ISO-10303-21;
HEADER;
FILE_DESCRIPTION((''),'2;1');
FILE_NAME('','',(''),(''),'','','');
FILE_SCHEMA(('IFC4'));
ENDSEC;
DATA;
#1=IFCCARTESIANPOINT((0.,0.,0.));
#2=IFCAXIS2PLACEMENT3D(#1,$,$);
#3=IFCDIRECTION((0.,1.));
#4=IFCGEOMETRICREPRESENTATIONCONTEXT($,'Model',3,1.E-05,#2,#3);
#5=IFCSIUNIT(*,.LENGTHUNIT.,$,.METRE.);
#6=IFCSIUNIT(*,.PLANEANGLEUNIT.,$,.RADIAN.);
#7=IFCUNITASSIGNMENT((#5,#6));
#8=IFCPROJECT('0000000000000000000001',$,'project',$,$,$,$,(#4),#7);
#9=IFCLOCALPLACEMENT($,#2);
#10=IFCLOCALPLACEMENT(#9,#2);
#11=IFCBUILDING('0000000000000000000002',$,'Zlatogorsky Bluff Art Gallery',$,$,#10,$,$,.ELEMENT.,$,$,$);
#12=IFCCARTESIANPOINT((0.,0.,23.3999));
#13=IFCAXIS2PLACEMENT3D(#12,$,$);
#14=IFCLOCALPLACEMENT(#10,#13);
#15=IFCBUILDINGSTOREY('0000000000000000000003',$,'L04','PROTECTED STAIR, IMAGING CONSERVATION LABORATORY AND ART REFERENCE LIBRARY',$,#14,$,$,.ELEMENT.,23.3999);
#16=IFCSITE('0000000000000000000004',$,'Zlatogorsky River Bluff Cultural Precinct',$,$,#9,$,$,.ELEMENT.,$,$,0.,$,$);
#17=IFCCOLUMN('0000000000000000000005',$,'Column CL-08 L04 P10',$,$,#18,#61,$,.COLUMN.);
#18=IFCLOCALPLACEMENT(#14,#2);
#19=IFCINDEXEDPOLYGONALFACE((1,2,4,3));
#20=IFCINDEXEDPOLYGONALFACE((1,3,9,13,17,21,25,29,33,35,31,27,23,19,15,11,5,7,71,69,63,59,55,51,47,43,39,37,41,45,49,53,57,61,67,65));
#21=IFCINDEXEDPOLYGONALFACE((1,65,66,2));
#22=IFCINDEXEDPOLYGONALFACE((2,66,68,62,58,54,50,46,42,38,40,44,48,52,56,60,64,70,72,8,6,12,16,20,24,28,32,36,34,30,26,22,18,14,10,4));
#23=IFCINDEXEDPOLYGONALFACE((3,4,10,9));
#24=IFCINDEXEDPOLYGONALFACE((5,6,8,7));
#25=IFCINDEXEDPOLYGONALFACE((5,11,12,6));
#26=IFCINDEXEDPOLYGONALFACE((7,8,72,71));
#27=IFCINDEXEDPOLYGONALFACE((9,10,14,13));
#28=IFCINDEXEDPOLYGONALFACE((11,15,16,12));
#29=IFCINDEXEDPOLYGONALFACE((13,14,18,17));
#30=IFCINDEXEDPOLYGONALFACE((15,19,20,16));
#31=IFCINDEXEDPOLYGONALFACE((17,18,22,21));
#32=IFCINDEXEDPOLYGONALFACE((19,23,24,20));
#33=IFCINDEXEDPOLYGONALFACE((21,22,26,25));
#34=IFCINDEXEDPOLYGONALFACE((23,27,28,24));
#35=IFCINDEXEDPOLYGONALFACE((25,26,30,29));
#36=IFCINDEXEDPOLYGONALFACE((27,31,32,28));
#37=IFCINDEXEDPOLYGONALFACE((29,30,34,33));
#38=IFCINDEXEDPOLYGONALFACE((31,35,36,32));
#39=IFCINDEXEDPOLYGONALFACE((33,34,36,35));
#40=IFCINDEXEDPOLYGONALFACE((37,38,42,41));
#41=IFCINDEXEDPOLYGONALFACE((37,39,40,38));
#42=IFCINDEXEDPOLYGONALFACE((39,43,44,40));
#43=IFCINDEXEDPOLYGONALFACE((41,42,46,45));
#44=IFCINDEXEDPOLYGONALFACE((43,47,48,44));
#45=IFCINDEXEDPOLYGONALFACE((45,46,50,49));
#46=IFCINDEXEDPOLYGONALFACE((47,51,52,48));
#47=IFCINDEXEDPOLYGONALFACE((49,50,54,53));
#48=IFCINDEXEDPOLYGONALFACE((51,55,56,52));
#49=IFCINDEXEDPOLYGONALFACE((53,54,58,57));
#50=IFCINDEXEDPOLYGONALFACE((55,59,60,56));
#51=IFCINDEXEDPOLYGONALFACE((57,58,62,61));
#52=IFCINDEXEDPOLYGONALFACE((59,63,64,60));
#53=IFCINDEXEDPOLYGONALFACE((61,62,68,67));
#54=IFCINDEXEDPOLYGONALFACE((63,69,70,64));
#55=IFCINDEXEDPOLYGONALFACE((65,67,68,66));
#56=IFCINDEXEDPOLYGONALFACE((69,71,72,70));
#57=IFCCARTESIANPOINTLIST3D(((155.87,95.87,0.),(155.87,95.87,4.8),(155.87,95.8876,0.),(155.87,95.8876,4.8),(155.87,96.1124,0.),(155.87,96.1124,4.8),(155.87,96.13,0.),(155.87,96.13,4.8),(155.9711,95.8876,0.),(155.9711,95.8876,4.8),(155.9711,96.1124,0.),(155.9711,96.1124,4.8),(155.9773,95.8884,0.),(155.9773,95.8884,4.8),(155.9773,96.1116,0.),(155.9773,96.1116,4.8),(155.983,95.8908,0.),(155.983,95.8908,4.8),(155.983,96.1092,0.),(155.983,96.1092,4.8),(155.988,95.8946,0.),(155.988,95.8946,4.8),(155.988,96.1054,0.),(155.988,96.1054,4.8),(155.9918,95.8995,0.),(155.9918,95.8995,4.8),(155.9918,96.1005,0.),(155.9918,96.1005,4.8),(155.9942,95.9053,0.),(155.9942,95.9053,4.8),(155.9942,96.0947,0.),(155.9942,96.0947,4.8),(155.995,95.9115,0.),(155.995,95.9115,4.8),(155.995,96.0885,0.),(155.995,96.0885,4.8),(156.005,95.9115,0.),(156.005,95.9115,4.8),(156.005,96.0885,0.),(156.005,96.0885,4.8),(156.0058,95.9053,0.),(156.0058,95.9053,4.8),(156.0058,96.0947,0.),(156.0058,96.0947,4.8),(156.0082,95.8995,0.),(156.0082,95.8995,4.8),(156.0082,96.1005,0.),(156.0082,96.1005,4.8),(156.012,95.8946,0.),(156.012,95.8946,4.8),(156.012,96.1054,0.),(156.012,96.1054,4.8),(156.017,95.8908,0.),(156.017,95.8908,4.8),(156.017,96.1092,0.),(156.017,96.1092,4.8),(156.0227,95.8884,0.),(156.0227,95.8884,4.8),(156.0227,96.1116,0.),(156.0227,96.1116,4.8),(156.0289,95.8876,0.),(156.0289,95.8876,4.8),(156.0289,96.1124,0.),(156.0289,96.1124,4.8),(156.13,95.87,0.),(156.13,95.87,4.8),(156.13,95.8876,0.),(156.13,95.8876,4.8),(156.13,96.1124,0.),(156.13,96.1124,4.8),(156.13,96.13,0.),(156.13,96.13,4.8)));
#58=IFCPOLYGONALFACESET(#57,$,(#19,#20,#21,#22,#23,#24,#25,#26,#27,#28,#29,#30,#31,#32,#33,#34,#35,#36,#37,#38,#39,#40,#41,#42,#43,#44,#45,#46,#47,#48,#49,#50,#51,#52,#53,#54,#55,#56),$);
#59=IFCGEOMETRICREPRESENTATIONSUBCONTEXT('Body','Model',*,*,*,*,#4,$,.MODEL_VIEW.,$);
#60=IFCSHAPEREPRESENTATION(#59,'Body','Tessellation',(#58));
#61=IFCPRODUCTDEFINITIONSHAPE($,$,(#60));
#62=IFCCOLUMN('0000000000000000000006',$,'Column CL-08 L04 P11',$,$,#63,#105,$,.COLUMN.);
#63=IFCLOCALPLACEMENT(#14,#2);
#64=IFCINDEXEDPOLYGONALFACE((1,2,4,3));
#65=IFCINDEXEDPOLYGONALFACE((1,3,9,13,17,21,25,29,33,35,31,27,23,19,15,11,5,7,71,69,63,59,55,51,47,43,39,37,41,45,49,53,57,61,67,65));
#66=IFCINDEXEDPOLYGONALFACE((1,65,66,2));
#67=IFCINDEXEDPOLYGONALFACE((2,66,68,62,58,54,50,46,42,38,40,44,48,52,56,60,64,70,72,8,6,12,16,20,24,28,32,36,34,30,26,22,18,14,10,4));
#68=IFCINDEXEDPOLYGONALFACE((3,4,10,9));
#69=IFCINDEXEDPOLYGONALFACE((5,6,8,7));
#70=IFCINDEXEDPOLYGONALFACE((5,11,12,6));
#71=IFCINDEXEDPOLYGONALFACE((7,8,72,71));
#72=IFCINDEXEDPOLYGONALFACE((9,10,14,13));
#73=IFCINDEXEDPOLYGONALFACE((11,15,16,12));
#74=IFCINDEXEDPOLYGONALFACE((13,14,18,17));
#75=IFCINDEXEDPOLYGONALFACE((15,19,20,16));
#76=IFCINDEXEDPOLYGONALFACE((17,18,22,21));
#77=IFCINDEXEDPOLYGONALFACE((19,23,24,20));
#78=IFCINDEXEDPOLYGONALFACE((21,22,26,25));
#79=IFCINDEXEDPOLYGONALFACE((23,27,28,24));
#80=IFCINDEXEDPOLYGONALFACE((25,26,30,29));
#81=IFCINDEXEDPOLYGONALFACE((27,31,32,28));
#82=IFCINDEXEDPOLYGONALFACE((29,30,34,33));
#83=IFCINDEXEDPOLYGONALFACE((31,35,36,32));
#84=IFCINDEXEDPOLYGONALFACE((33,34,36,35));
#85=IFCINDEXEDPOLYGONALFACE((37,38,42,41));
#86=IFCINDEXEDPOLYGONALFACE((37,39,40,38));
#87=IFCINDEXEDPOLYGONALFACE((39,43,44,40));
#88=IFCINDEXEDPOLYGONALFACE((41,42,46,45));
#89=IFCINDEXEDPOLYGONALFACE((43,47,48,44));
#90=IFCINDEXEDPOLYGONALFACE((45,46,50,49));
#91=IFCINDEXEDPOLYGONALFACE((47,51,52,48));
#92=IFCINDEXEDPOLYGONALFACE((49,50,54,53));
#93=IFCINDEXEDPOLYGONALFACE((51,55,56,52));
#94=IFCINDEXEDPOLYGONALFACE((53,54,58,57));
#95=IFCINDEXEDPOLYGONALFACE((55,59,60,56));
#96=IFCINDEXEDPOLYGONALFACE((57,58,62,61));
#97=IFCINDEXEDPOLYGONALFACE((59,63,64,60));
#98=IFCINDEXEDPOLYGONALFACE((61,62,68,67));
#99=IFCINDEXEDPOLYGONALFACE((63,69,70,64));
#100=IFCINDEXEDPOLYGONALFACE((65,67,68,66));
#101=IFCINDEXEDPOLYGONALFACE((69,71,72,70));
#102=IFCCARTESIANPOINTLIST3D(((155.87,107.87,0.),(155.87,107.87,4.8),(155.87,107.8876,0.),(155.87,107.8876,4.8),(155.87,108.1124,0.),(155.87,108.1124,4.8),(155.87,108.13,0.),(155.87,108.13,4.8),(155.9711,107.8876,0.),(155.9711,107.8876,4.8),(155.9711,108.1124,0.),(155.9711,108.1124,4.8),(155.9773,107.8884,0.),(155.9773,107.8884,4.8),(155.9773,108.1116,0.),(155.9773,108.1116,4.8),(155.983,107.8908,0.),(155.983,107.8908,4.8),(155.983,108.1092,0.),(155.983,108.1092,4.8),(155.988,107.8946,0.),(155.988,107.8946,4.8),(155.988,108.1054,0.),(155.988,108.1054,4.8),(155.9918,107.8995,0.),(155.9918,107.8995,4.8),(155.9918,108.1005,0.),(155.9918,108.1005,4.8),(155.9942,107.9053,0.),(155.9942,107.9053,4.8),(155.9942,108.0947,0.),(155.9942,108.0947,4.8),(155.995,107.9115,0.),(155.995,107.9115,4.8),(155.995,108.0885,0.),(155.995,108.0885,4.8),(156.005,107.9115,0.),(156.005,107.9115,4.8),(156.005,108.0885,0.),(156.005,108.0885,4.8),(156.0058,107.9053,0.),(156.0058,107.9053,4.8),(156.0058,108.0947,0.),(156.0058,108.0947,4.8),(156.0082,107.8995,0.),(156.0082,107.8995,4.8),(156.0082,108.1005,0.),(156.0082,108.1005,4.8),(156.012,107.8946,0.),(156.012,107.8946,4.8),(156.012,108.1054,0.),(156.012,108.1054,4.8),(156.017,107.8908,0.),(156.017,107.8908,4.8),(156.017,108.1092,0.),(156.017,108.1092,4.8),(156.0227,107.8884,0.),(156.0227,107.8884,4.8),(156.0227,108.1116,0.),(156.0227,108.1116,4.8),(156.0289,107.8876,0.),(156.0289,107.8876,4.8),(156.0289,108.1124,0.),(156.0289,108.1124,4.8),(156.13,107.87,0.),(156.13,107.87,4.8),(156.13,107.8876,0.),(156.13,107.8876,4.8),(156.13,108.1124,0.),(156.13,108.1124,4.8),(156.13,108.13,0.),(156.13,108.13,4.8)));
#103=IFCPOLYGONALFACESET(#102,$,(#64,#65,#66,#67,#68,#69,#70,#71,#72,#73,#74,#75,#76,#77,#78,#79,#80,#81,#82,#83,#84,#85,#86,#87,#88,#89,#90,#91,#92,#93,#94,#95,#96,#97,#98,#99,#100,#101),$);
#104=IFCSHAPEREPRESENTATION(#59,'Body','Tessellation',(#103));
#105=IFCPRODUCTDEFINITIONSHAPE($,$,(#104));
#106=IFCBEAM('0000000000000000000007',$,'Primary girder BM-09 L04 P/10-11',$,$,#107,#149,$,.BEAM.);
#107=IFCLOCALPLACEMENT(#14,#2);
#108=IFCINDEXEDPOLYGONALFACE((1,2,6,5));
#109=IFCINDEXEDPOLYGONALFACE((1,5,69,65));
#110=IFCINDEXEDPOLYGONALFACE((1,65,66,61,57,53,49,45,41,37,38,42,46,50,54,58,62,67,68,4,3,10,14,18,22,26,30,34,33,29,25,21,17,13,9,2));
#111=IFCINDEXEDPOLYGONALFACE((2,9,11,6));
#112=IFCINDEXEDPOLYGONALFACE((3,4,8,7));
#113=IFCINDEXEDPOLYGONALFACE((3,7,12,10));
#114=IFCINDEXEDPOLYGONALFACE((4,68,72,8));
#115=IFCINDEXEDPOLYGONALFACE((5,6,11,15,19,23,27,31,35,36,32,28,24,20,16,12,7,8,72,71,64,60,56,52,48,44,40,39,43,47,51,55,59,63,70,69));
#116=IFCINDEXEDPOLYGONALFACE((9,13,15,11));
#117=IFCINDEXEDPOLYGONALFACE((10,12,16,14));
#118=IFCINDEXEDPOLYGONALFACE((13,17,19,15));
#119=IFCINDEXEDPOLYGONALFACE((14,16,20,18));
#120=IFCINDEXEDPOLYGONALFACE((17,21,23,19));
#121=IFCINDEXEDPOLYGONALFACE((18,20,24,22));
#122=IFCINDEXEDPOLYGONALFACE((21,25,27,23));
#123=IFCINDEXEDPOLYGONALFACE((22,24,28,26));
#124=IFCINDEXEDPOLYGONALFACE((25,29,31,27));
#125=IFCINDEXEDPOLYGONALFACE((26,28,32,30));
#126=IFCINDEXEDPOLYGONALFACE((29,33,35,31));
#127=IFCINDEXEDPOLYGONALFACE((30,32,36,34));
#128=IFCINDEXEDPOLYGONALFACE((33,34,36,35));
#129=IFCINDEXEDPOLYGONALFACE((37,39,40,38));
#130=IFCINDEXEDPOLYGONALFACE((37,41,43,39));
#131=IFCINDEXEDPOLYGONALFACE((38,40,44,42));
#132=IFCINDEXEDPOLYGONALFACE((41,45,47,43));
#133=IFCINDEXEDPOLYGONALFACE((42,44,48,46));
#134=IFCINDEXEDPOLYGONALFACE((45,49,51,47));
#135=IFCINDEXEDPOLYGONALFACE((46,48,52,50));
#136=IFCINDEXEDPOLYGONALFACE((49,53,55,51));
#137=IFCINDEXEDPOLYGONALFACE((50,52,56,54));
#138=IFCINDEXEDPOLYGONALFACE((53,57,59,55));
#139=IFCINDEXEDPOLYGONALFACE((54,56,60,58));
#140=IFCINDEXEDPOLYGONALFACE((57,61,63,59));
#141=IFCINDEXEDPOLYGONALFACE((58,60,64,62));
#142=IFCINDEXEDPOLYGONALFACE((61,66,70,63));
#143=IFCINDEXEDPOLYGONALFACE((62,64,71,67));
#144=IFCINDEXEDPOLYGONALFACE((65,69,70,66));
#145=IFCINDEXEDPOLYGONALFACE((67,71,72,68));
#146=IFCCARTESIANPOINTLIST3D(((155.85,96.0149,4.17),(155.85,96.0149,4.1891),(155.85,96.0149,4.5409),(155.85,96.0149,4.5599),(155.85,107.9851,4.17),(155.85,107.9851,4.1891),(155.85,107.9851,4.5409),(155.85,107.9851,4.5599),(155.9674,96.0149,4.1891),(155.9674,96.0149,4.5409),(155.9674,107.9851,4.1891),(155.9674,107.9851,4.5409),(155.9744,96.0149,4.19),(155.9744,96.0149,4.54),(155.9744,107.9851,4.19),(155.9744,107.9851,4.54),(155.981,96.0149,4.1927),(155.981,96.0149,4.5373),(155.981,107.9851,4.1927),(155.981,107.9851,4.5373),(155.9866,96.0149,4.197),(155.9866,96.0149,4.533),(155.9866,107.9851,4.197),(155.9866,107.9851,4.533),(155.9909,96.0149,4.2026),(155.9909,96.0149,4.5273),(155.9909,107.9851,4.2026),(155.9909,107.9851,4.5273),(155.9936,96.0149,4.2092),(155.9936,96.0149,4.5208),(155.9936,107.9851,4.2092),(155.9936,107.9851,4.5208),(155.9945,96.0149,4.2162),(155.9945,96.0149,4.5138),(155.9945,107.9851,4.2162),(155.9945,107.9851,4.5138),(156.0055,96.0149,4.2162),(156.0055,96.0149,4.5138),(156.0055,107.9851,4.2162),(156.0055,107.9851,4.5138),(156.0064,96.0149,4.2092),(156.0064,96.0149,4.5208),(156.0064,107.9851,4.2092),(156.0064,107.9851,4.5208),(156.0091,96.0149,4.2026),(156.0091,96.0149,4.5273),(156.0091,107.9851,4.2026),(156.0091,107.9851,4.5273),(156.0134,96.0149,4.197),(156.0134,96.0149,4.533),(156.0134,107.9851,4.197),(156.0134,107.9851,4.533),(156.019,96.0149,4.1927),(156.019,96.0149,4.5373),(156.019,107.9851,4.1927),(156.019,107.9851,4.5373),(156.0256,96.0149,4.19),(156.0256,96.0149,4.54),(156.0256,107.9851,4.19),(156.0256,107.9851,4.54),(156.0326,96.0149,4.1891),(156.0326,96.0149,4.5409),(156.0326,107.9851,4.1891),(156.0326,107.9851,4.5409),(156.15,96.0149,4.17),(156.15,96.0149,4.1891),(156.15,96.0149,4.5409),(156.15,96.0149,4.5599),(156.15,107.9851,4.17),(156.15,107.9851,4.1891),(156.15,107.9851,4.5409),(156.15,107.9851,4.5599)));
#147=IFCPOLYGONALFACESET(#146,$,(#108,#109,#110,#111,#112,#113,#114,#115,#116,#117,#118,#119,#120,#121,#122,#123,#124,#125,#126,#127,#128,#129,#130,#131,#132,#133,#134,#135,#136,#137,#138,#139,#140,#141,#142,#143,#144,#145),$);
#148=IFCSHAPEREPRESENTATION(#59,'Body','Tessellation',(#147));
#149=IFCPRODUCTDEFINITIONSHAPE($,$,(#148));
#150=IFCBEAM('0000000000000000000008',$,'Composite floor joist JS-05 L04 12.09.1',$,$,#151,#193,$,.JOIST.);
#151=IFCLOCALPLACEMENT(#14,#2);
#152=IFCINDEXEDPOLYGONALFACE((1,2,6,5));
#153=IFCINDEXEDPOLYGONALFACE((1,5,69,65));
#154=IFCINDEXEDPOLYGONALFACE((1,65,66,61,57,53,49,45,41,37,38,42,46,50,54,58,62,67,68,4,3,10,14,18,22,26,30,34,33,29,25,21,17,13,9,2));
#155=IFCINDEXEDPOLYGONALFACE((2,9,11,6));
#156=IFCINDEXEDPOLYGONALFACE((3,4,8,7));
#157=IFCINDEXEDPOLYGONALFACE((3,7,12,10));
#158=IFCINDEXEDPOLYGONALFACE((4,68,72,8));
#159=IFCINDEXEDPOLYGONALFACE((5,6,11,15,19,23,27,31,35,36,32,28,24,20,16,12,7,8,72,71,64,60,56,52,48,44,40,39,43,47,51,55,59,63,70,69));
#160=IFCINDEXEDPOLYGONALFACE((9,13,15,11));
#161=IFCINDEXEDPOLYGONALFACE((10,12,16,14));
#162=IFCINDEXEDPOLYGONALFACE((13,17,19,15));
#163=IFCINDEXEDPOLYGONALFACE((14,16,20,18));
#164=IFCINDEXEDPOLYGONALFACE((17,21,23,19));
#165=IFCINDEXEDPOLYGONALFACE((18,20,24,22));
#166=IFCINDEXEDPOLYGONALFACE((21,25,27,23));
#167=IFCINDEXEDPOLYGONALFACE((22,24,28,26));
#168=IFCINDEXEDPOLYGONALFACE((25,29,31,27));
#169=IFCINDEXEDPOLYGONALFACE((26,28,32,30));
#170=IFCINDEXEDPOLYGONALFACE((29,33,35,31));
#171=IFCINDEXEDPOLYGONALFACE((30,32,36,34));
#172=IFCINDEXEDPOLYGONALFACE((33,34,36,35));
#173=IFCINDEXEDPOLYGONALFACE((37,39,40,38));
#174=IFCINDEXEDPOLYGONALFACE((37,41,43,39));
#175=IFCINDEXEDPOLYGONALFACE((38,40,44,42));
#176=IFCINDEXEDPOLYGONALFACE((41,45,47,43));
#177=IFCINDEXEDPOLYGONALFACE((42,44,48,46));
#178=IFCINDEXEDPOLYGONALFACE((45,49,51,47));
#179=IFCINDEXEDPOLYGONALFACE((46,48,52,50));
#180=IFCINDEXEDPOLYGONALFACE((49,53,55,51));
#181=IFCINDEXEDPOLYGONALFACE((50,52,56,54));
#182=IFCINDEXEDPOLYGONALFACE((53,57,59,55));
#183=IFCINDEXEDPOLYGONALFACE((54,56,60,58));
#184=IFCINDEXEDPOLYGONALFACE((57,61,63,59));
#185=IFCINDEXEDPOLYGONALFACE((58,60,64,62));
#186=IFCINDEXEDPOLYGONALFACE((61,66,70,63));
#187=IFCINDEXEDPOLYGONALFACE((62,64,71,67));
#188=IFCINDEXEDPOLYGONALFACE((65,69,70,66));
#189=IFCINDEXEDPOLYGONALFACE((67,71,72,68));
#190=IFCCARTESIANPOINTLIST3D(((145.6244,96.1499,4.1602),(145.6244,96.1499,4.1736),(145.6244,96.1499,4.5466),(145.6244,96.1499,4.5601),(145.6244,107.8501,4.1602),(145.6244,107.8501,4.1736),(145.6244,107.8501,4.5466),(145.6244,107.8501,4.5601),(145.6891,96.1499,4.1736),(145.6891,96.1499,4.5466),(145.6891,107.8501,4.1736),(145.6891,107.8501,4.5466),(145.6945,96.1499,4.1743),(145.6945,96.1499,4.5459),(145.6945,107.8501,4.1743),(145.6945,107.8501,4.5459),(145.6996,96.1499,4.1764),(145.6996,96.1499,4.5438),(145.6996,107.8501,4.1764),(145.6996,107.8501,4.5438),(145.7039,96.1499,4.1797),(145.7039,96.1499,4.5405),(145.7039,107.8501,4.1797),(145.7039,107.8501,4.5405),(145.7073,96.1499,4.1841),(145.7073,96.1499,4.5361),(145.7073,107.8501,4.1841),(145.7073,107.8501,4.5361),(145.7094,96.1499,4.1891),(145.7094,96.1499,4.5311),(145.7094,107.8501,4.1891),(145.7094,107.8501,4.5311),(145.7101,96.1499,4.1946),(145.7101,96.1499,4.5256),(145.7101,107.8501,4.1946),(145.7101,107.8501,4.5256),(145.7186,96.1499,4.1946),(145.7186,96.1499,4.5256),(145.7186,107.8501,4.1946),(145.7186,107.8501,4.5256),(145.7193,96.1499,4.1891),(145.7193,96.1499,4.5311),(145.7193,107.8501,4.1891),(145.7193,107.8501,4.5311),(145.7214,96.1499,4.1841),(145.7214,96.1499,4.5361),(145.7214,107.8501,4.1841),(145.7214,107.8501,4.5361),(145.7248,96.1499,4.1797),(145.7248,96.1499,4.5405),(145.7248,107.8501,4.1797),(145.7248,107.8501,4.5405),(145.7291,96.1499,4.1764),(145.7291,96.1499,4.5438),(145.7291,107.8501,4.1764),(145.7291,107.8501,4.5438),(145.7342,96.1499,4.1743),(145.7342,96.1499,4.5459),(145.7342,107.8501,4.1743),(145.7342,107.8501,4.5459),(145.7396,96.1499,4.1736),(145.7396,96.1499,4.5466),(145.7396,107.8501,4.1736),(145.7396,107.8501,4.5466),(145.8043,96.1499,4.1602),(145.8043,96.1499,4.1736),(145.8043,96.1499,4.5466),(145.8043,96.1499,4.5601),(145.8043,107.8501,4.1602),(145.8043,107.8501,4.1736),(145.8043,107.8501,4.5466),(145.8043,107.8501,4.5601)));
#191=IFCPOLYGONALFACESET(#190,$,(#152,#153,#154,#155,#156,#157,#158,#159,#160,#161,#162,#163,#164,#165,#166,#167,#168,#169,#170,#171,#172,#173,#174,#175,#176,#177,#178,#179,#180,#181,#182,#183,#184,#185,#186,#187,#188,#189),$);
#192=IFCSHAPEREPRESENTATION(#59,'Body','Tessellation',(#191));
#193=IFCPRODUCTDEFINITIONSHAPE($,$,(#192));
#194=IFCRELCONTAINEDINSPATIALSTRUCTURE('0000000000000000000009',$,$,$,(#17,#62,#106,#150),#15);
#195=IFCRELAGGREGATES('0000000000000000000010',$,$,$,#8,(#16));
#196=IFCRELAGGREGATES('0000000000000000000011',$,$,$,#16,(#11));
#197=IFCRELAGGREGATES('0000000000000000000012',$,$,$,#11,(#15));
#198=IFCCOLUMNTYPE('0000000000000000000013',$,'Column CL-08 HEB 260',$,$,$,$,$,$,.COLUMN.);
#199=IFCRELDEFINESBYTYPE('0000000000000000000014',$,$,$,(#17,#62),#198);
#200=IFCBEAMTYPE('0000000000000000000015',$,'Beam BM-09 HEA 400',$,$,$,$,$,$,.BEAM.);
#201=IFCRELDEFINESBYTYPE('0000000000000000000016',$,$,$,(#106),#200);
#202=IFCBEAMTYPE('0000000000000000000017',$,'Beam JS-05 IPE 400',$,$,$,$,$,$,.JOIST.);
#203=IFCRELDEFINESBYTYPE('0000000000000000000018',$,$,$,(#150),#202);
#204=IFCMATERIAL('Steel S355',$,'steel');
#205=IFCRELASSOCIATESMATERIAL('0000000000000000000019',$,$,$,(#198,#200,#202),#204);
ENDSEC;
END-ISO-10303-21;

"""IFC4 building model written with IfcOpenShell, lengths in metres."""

from ifc_helpers import new_model, si_unit, direction, frame, origin, origin_2d, place, context, subcontext, project, spatial, i_section, extrude, material, material_profile, profile_set, type_object, element, save


model = new_model("IFC4")

# Units and contexts
model_context = context("Model", 3, precision=1e-05, world=origin(), true_north=direction((0.0, 1.0)))
body_context = subcontext(model_context, "Body", "Model", "MODEL_VIEW")
ifc_project = project(units=[si_unit("LENGTHUNIT", "METRE"), si_unit("PLANEANGLEUNIT", "RADIAN")], contexts=[model_context])

# Site, building, storey
site_placement = place(None, origin())
site = spatial("IfcSite", under=ifc_project, at=site_placement, Name="Zlatogorsky River Bluff Cultural Precinct", CompositionType="ELEMENT", RefElevation=0.0)
building_placement = place(site_placement, origin())
building = spatial("IfcBuilding", under=site, at=building_placement, Name="Zlatogorsky Bluff Art Gallery", CompositionType="ELEMENT")
storey_placement = place(building_placement, frame((0.0, 0.0, 23.3999)))
storey = spatial("IfcBuildingStorey", under=building, at=storey_placement, Name="L04", Description="PROTECTED STAIR, IMAGING CONSERVATION LABORATORY AND ART REFERENCE LIBRARY", CompositionType="ELEMENT", Elevation=23.3999)

# Columns
ifc_material_1 = material(Name="Steel S355", Category="steel")
ifc_material_profile_1 = material_profile(ifc_material_1, i_section(OverallWidth=0.26, OverallDepth=0.26, WebThickness=0.01, FlangeThickness=0.0176, FilletRadius=0.0239, at=origin_2d()), Name="HEB 260")
ifc_profile_set_1 = profile_set([ifc_material_profile_1], Name="Steel S355")
column_type = type_object("IfcColumnType", Name="Column CL-08 HEB 260", PredefinedType="COLUMN", material=ifc_profile_set_1)
for number, where, z_axis, x_axis, name in (
    (1, (156.0, 96.0, 0.0), (0.0, 0.0, 1.0), (1.0, 0.0, 0.0), "Column CL-08 L04 P10"),
    (2, (156.0, 108.0, 0.0), (0.0, 0.0, 1.0), (1.0, 0.0, 0.0), "Column CL-08 L04 P11"),
):
    element("IfcColumn", number, at=place(storey_placement, frame(where, z_axis=z_axis, x_axis=x_axis)), inside=storey, type_object=column_type, Name=name, PredefinedType="COLUMN", context=body_context, shape_type="SweptSolid", body=[
        extrude(i_section(OverallWidth=0.26, OverallDepth=0.26, WebThickness=0.01, FlangeThickness=0.0176, FilletRadius=0.0239, at=origin_2d()), origin(), (0.0, 0.0, 1.0), 4.8),
    ])

# Beams
ifc_material_profile_2 = material_profile(ifc_material_1, i_section(OverallWidth=0.3, OverallDepth=0.3899, WebThickness=0.011, FlangeThickness=0.019, FilletRadius=0.0271, at=origin_2d()), Name="HEA 400")
ifc_profile_set_2 = profile_set([ifc_material_profile_2], Name="Steel S355")
beam_type_1 = type_object("IfcBeamType", Name="Beam BM-09 HEA 400", PredefinedType="BEAM", material=ifc_profile_set_2)
beam_placement = place(storey_placement, frame((156.0, 96.0149, 4.365), z_axis=(0.0, 1.0, 0.0), x_axis=(-1.0, 0.0, 0.0)))
element("IfcBeam", 3, at=beam_placement, inside=storey, type_object=beam_type_1, Name="Primary girder BM-09 L04 P/10-11", PredefinedType="BEAM", context=body_context, shape_type="SweptSolid", body=[
    extrude(i_section(OverallWidth=0.3, OverallDepth=0.3899, WebThickness=0.011, FlangeThickness=0.019, FilletRadius=0.0271, at=origin_2d()), origin(), (0.0, 0.0, 1.0), 11.9702),
])
ifc_material_profile_3 = material_profile(ifc_material_1, i_section(OverallWidth=0.1799, OverallDepth=0.3999, WebThickness=0.0085, FlangeThickness=0.0134, FilletRadius=0.021, at=origin_2d()), Name="IPE 400")
ifc_profile_set_3 = profile_set([ifc_material_profile_3], Name="Steel S355")
beam_type_2 = type_object("IfcBeamType", Name="Beam JS-05 IPE 400", PredefinedType="JOIST", material=ifc_profile_set_3)
for number, where, z_axis, x_axis, name in (
    (4, (145.7144, 96.1499, 4.3601), (0.0, 1.0, 0.0), (-1.0, 0.0, 0.0), "Composite floor joist JS-05 L04 12.09.1"),
):
    element("IfcBeam", number, at=place(storey_placement, frame(where, z_axis=z_axis, x_axis=x_axis)), inside=storey, type_object=beam_type_2, Name=name, PredefinedType="JOIST", context=body_context, shape_type="SweptSolid", body=[
        extrude(i_section(OverallWidth=0.1799, OverallDepth=0.3999, WebThickness=0.0085, FlangeThickness=0.0134, FilletRadius=0.021, at=origin_2d()), origin(), (0.0, 0.0, 1.0), 11.7002),
    ])

save(model, "model.ifc")
